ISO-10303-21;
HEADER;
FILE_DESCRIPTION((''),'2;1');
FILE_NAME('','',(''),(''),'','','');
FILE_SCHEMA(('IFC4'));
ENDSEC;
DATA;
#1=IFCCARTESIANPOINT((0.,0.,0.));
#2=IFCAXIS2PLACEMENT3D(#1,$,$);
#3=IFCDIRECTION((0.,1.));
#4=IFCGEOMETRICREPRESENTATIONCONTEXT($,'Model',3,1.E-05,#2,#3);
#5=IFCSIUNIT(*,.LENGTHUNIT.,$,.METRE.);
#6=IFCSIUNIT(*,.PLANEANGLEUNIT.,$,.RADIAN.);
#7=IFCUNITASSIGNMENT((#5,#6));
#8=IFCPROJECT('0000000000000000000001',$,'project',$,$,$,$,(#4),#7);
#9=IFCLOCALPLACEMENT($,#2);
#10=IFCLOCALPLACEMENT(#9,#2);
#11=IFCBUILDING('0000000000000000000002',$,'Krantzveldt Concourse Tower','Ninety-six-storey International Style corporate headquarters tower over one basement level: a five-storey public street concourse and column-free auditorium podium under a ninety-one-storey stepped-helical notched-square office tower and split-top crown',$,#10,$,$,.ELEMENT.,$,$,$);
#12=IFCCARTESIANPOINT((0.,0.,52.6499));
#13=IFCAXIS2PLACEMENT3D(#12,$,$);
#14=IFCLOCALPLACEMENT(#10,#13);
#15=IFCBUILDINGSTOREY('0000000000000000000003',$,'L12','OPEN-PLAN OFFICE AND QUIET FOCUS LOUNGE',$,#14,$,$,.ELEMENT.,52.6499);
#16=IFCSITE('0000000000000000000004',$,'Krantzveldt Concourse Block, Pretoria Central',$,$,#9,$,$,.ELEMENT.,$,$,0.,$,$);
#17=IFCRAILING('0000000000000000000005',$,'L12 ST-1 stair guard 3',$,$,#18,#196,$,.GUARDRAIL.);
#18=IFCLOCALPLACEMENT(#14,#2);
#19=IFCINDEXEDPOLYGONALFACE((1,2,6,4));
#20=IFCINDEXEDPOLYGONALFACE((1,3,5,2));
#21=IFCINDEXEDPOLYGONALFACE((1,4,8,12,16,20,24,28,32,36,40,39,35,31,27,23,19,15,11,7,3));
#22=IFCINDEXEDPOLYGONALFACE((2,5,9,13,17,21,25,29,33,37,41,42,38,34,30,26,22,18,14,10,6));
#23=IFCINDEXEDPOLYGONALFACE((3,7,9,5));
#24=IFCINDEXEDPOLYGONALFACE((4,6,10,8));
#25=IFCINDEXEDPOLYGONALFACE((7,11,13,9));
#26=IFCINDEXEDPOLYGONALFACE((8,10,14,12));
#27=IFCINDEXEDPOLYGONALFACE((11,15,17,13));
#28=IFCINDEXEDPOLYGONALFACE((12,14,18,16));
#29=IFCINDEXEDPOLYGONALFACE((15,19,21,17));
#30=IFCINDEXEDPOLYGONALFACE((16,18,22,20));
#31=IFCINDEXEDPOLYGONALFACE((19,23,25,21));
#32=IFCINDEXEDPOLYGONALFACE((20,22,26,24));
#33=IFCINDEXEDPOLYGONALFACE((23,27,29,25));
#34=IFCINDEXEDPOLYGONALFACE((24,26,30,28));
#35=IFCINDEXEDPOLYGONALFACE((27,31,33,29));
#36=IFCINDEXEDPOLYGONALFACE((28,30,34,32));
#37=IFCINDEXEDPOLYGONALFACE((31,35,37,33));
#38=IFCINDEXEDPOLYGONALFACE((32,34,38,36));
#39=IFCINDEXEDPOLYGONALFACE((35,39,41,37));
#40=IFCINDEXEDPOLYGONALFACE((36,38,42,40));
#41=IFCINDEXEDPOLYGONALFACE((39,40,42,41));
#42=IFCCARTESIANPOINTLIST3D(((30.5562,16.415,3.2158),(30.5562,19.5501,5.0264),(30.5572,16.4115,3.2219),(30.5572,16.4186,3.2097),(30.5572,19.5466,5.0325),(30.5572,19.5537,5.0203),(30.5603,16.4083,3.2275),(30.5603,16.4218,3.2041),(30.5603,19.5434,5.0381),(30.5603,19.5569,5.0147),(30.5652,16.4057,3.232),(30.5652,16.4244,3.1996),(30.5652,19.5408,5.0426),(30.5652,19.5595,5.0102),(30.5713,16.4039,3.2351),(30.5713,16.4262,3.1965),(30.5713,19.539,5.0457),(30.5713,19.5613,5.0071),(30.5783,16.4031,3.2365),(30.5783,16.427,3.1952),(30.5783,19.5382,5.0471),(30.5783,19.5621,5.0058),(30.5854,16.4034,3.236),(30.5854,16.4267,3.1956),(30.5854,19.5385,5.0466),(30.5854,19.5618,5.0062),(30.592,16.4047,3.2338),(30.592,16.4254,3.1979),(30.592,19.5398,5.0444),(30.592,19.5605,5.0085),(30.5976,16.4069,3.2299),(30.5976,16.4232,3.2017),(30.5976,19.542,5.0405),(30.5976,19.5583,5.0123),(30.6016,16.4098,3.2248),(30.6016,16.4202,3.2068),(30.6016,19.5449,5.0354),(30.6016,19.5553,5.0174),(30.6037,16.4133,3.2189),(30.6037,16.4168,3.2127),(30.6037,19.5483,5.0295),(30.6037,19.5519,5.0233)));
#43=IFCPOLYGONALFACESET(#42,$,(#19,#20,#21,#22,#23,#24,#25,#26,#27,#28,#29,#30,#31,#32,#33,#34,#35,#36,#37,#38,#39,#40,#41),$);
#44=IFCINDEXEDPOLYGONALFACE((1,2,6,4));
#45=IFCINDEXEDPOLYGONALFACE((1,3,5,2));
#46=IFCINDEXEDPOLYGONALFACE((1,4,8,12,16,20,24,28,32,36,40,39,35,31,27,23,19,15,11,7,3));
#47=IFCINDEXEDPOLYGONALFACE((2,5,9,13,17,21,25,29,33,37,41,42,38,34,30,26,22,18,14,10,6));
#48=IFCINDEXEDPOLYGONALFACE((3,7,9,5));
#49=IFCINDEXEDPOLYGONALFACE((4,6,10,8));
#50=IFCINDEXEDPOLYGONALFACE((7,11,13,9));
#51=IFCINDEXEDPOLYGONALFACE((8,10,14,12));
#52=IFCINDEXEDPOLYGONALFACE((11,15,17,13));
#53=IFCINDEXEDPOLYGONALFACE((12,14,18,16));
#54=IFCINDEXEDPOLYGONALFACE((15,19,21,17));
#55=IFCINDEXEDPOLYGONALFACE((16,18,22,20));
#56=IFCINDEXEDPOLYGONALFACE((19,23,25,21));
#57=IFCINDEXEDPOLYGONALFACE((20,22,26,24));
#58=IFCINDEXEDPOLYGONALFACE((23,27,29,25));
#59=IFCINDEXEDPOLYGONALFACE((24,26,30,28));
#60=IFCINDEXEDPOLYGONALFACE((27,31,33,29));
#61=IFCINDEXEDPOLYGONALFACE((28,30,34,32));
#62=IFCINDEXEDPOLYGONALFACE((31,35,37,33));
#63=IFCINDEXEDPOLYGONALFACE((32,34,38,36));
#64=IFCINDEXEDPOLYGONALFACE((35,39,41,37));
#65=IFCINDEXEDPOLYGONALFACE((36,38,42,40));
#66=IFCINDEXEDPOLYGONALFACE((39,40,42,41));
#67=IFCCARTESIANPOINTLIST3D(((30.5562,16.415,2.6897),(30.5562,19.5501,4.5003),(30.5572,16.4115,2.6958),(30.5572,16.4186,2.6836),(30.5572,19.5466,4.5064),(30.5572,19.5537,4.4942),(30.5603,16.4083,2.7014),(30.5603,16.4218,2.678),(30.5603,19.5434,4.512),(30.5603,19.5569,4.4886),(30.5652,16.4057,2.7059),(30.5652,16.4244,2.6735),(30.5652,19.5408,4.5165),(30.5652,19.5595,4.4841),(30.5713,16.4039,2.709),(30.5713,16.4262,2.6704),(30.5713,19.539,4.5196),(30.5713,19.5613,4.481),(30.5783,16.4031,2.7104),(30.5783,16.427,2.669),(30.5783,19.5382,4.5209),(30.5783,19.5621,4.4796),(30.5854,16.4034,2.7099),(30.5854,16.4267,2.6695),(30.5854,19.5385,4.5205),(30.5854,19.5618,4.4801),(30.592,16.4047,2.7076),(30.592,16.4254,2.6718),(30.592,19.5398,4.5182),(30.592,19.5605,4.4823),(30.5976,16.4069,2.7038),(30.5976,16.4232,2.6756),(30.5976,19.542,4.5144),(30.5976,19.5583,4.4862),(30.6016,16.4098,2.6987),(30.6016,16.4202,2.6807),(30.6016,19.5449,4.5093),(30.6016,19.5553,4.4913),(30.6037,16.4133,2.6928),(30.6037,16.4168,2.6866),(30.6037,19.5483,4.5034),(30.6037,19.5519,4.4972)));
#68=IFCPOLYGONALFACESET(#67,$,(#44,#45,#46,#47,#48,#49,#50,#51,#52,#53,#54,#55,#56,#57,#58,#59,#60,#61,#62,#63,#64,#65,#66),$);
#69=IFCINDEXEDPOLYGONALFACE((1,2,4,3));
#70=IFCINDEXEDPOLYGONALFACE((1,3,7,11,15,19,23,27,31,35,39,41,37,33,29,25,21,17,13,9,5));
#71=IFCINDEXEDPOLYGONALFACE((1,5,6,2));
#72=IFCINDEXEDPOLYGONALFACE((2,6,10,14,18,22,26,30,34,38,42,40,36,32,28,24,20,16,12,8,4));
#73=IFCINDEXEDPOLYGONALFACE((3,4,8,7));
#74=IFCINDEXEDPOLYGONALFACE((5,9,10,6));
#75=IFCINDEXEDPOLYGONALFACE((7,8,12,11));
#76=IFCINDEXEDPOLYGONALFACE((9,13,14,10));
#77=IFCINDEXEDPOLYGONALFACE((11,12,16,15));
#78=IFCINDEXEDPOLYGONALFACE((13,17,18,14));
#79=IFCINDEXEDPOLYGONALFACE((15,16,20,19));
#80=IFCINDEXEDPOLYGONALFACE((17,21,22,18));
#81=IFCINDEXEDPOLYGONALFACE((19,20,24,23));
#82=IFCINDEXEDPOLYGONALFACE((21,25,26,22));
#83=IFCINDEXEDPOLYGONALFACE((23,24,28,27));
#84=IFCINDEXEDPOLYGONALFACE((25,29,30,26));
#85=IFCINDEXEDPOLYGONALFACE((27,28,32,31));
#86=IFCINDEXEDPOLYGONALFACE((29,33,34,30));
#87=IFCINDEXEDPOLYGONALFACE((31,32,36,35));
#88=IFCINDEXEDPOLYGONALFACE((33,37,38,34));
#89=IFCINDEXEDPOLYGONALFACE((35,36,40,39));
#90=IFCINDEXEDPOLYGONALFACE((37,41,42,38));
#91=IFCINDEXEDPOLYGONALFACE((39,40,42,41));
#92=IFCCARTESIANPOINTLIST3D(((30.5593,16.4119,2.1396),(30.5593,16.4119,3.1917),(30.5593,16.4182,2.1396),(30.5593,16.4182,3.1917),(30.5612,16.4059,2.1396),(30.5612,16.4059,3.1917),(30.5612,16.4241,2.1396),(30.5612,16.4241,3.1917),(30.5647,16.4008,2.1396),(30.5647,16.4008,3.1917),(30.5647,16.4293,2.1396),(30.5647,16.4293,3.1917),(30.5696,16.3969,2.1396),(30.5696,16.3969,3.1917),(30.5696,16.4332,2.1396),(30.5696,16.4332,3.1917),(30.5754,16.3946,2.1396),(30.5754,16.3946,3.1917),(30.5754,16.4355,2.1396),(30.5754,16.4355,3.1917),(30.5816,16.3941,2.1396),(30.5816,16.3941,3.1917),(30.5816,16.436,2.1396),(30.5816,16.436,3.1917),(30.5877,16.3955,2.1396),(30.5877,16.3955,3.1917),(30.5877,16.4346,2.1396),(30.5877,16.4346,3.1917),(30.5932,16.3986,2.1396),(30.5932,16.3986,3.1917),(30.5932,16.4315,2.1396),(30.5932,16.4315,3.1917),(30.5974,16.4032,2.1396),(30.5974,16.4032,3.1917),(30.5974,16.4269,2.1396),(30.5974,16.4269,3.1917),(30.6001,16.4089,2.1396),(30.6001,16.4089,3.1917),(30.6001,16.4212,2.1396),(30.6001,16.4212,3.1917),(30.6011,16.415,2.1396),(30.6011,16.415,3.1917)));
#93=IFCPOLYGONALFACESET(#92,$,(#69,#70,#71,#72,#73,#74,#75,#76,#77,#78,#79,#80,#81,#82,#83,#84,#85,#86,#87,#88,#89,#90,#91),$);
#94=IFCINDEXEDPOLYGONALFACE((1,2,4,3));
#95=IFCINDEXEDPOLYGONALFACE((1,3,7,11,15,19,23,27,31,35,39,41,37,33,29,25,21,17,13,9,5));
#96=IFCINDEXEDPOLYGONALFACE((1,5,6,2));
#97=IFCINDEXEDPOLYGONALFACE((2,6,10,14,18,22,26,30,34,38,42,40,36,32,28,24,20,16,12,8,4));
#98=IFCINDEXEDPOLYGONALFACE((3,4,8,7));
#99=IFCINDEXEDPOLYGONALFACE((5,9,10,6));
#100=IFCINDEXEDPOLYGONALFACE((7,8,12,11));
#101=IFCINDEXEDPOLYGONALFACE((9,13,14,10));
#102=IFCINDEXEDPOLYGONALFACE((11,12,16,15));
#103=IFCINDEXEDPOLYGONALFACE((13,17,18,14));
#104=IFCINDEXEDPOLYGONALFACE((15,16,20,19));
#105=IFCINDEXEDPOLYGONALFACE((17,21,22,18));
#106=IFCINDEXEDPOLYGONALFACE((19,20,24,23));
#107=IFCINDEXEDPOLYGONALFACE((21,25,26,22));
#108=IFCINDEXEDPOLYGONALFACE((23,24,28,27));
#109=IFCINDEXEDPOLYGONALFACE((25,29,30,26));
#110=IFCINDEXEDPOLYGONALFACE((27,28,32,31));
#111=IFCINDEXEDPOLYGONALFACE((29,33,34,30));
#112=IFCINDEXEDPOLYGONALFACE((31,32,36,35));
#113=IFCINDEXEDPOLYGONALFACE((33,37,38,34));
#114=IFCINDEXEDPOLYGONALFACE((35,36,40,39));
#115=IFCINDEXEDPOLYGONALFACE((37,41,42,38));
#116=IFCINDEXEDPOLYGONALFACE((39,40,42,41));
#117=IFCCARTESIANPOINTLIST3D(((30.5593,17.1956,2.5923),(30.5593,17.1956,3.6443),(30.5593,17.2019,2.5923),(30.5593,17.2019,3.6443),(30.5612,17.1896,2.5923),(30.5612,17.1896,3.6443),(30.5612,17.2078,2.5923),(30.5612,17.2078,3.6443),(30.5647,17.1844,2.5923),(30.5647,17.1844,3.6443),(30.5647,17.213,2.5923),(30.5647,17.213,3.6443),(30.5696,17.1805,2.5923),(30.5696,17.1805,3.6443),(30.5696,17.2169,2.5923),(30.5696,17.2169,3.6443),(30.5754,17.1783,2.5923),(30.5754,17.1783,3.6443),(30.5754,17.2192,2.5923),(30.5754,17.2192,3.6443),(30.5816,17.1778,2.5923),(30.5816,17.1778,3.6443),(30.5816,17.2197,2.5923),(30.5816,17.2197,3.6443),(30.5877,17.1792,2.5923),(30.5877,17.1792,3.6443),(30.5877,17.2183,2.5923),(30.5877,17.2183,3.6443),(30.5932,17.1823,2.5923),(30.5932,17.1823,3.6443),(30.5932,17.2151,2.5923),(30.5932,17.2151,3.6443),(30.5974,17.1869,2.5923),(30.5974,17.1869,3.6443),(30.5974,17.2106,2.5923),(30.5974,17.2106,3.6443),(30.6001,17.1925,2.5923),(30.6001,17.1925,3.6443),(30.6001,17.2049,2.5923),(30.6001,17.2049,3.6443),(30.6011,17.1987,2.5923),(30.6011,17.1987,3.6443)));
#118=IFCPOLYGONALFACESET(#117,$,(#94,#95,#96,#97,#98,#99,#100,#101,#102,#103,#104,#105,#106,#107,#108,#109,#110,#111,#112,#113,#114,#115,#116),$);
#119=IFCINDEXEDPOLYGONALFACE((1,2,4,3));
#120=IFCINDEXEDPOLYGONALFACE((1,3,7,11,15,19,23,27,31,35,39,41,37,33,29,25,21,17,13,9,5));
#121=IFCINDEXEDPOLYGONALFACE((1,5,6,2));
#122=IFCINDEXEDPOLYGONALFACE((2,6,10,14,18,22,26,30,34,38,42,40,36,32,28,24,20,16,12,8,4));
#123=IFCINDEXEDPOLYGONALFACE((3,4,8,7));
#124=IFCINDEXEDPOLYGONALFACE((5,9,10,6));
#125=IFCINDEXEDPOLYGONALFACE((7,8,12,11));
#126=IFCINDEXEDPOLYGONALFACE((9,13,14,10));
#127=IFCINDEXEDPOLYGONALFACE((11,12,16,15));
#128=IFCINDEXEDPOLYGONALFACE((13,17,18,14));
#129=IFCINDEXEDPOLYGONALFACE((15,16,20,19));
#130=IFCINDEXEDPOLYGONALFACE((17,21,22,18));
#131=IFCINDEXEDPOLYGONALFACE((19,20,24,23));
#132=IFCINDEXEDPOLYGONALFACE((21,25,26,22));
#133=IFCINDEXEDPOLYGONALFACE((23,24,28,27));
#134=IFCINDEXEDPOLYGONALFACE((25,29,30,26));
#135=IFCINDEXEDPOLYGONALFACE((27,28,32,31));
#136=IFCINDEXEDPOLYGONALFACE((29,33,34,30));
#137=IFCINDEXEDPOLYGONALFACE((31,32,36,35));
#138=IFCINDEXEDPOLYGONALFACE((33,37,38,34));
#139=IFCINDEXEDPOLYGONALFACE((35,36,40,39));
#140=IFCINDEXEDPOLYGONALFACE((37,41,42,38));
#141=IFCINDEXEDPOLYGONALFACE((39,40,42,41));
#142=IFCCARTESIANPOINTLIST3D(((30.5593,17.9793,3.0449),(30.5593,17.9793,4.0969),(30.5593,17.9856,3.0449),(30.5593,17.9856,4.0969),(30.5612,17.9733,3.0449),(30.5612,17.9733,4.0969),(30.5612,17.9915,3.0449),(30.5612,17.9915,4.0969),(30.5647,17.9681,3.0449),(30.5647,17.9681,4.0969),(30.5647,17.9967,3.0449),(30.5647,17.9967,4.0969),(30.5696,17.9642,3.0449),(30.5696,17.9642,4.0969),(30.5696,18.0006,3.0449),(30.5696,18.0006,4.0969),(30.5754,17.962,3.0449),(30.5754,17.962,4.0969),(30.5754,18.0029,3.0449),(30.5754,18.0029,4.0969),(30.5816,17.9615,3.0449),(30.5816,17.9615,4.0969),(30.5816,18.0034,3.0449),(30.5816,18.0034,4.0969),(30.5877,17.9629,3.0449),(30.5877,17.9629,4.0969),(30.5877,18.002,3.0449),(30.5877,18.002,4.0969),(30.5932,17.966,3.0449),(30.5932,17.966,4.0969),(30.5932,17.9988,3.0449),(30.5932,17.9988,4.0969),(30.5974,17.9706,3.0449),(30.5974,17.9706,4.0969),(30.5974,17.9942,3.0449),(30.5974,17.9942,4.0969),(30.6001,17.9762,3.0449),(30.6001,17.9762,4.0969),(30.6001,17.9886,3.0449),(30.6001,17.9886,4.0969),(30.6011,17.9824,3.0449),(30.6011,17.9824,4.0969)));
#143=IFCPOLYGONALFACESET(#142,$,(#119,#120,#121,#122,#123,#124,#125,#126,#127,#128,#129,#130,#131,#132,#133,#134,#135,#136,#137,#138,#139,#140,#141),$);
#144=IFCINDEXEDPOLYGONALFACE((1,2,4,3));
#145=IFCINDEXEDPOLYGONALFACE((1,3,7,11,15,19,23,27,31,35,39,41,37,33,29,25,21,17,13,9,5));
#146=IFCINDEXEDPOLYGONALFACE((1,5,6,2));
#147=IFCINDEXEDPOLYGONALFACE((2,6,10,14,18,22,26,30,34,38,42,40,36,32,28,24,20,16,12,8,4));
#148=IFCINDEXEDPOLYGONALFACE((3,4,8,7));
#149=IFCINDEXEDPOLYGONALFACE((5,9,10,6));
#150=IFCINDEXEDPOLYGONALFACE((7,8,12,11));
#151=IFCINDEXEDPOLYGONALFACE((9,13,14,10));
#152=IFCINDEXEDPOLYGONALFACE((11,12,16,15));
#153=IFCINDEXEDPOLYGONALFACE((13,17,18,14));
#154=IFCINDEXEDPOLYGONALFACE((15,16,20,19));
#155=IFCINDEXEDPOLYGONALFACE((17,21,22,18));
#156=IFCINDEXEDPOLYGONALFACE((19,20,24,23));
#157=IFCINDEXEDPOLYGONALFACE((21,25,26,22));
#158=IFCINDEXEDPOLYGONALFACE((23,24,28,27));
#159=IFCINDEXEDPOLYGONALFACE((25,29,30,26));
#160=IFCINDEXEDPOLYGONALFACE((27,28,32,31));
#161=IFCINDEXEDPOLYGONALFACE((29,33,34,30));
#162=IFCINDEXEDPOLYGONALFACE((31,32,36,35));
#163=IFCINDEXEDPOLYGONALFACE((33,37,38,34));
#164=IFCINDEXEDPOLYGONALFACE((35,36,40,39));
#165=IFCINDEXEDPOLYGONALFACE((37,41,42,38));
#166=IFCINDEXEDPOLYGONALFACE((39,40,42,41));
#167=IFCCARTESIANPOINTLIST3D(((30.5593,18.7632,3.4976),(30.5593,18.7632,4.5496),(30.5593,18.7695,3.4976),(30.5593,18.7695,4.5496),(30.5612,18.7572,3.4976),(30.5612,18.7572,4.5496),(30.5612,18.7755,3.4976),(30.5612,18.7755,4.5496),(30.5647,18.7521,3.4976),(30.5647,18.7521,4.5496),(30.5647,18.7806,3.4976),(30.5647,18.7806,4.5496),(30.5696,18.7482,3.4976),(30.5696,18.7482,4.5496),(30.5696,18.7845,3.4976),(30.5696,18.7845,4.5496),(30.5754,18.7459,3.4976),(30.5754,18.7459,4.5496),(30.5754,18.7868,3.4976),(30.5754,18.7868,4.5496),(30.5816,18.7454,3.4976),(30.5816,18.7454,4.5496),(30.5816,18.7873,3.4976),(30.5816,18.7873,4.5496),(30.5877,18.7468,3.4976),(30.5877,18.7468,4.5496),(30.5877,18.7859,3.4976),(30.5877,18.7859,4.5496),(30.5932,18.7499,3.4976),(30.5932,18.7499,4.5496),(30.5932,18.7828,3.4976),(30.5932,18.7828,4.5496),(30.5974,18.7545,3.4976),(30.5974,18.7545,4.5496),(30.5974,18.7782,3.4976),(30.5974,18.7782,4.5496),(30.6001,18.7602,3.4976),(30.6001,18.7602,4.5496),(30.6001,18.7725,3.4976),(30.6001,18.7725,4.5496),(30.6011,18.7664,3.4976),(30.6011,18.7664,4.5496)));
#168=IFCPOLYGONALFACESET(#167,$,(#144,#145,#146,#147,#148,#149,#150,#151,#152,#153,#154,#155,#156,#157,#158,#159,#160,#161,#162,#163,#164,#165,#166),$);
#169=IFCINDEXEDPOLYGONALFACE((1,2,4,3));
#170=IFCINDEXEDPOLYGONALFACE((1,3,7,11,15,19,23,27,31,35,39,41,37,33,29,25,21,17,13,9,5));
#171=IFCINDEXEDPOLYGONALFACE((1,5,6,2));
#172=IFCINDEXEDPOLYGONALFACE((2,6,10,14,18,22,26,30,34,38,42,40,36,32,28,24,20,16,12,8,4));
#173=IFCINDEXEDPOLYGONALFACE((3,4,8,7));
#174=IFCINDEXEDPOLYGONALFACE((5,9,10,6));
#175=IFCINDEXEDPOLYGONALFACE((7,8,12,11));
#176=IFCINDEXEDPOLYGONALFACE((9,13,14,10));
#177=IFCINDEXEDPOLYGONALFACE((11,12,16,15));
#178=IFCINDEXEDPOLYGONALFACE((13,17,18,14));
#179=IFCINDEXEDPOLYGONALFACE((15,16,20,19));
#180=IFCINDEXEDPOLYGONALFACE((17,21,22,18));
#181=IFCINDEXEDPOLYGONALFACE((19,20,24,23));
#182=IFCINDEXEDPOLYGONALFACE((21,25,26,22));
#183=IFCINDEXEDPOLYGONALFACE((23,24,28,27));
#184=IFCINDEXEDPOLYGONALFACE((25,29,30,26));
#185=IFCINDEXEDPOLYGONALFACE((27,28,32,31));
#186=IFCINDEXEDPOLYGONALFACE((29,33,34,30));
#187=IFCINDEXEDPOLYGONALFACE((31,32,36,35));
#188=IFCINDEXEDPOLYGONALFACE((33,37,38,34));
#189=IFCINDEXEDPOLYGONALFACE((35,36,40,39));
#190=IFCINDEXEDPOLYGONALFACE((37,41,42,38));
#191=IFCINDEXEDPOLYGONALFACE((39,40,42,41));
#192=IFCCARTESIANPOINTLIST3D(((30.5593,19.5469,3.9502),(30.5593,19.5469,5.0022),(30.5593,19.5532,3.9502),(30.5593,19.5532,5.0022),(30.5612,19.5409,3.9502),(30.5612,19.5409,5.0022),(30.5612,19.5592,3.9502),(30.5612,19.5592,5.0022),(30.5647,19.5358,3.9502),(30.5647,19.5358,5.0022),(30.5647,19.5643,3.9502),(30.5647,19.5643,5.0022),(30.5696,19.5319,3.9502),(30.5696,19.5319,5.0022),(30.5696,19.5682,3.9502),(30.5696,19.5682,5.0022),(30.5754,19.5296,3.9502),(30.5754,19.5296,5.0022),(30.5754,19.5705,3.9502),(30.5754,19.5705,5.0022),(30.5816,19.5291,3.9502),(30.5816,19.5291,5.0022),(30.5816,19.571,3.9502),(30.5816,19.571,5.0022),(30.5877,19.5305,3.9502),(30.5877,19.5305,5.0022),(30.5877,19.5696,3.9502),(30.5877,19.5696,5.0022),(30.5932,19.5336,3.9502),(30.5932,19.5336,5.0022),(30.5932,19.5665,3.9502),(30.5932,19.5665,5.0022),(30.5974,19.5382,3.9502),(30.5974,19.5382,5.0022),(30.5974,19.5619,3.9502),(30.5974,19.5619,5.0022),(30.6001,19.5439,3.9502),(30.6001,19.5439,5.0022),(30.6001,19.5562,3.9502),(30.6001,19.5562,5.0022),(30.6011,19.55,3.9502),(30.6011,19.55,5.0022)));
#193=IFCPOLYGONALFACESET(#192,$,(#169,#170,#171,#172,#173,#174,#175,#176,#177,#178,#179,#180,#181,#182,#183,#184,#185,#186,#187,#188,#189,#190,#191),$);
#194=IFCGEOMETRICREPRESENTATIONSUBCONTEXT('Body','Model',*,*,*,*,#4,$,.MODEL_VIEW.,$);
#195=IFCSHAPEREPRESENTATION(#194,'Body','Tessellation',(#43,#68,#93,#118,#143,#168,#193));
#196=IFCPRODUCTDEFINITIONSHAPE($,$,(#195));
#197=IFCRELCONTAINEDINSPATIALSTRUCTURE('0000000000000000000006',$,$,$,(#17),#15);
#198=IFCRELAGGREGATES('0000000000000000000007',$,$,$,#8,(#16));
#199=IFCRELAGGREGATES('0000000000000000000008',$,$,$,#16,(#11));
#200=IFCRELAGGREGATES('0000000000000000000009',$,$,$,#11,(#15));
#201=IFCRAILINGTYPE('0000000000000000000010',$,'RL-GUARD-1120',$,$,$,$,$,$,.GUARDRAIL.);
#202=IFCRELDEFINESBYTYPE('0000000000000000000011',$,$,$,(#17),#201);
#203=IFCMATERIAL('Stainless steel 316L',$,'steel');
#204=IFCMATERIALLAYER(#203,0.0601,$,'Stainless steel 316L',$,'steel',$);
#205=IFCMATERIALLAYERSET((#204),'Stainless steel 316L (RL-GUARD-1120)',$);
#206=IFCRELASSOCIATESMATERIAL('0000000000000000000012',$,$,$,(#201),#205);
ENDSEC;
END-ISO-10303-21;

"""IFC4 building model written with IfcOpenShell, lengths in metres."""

from ifc_helpers import new_model, si_unit, direction, frame, origin, origin_2d, place, context, subcontext, project, spatial, circle, extrude, material, layer, layer_set, type_object, element, save


model = new_model("IFC4")

# Units and contexts
model_context = context("Model", 3, precision=1e-05, world=origin(), true_north=direction((0.0, 1.0)))
body_context = subcontext(model_context, "Body", "Model", "MODEL_VIEW")
ifc_project = project(units=[si_unit("LENGTHUNIT", "METRE"), si_unit("PLANEANGLEUNIT", "RADIAN")], contexts=[model_context])

# Site, building, storey
site_placement = place(None, origin())
site = spatial("IfcSite", under=ifc_project, at=site_placement, Name="Krantzveldt Concourse Block, Pretoria Central", CompositionType="ELEMENT", RefElevation=0.0)
building_placement = place(site_placement, origin())
building = spatial("IfcBuilding", under=site, at=building_placement, Name="Krantzveldt Concourse Tower", Description="Ninety-six-storey International Style corporate headquarters tower over one basement level: a five-storey public street concourse and column-free auditorium podium under a ninety-one-storey stepped-helical notched-square office tower and split-top crown", CompositionType="ELEMENT")
storey_placement = place(building_placement, frame((0.0, 0.0, 52.6499)))
storey = spatial("IfcBuildingStorey", under=building, at=storey_placement, Name="L12", Description="OPEN-PLAN OFFICE AND QUIET FOCUS LOUNGE", CompositionType="ELEMENT", Elevation=52.6499)

# Railing
ifc_material_1 = material(Name="Stainless steel 316L", Category="steel")
ifc_layer_1 = layer(ifc_material_1, 0.0601, Name="Stainless steel 316L", Category="steel")
ifc_layer_set_1 = layer_set([ifc_layer_1], Name="Stainless steel 316L (RL-GUARD-1120)")
railing_type_1 = type_object("IfcRailingType", Name="RL-GUARD-1120", PredefinedType="GUARDRAIL", material=ifc_layer_set_1)
railing_1_placement = place(storey_placement, frame((30.5801, 16.415, 2.1396)))
element("IfcRailing", 1, at=railing_1_placement, inside=storey, type_object=railing_type_1, Name="L12 ST-1 stair guard 3", PredefinedType="GUARDRAIL", context=body_context, shape_type="SweptSolid", body=[
    extrude(circle(Radius=0.0239, at=origin_2d()), frame((0.0, 0.0, 1.0762), z_axis=(0.0, 0.86596, 0.500114), x_axis=(-1.0, 0.0, 0.0)), (0.0, 0.0, 1.0), 3.6204),
    extrude(circle(Radius=0.0239, at=origin_2d()), frame((0.0, 0.0, 0.55), z_axis=(0.0, 0.86596, 0.500114), x_axis=(-1.0, 0.0, 0.0)), (0.0, 0.0, 1.0), 3.6204),
    extrude(circle(Radius=0.021, at=origin_2d()), origin(), (0.0, 0.0, 1.0), 1.052),
    extrude(circle(Radius=0.021, at=origin_2d()), frame((0.0, 0.7837, 0.4526)), (0.0, 0.0, 1.0), 1.052),
    extrude(circle(Radius=0.021, at=origin_2d()), frame((0.0, 1.5674, 0.9053)), (0.0, 0.0, 1.0), 1.052),
    extrude(circle(Radius=0.021, at=origin_2d()), frame((0.0, 2.3513, 1.3579)), (0.0, 0.0, 1.0), 1.052),
    extrude(circle(Radius=0.021, at=origin_2d()), frame((0.0, 3.135, 1.8105)), (0.0, 0.0, 1.0), 1.052),
])

save(model, "model.ifc")
